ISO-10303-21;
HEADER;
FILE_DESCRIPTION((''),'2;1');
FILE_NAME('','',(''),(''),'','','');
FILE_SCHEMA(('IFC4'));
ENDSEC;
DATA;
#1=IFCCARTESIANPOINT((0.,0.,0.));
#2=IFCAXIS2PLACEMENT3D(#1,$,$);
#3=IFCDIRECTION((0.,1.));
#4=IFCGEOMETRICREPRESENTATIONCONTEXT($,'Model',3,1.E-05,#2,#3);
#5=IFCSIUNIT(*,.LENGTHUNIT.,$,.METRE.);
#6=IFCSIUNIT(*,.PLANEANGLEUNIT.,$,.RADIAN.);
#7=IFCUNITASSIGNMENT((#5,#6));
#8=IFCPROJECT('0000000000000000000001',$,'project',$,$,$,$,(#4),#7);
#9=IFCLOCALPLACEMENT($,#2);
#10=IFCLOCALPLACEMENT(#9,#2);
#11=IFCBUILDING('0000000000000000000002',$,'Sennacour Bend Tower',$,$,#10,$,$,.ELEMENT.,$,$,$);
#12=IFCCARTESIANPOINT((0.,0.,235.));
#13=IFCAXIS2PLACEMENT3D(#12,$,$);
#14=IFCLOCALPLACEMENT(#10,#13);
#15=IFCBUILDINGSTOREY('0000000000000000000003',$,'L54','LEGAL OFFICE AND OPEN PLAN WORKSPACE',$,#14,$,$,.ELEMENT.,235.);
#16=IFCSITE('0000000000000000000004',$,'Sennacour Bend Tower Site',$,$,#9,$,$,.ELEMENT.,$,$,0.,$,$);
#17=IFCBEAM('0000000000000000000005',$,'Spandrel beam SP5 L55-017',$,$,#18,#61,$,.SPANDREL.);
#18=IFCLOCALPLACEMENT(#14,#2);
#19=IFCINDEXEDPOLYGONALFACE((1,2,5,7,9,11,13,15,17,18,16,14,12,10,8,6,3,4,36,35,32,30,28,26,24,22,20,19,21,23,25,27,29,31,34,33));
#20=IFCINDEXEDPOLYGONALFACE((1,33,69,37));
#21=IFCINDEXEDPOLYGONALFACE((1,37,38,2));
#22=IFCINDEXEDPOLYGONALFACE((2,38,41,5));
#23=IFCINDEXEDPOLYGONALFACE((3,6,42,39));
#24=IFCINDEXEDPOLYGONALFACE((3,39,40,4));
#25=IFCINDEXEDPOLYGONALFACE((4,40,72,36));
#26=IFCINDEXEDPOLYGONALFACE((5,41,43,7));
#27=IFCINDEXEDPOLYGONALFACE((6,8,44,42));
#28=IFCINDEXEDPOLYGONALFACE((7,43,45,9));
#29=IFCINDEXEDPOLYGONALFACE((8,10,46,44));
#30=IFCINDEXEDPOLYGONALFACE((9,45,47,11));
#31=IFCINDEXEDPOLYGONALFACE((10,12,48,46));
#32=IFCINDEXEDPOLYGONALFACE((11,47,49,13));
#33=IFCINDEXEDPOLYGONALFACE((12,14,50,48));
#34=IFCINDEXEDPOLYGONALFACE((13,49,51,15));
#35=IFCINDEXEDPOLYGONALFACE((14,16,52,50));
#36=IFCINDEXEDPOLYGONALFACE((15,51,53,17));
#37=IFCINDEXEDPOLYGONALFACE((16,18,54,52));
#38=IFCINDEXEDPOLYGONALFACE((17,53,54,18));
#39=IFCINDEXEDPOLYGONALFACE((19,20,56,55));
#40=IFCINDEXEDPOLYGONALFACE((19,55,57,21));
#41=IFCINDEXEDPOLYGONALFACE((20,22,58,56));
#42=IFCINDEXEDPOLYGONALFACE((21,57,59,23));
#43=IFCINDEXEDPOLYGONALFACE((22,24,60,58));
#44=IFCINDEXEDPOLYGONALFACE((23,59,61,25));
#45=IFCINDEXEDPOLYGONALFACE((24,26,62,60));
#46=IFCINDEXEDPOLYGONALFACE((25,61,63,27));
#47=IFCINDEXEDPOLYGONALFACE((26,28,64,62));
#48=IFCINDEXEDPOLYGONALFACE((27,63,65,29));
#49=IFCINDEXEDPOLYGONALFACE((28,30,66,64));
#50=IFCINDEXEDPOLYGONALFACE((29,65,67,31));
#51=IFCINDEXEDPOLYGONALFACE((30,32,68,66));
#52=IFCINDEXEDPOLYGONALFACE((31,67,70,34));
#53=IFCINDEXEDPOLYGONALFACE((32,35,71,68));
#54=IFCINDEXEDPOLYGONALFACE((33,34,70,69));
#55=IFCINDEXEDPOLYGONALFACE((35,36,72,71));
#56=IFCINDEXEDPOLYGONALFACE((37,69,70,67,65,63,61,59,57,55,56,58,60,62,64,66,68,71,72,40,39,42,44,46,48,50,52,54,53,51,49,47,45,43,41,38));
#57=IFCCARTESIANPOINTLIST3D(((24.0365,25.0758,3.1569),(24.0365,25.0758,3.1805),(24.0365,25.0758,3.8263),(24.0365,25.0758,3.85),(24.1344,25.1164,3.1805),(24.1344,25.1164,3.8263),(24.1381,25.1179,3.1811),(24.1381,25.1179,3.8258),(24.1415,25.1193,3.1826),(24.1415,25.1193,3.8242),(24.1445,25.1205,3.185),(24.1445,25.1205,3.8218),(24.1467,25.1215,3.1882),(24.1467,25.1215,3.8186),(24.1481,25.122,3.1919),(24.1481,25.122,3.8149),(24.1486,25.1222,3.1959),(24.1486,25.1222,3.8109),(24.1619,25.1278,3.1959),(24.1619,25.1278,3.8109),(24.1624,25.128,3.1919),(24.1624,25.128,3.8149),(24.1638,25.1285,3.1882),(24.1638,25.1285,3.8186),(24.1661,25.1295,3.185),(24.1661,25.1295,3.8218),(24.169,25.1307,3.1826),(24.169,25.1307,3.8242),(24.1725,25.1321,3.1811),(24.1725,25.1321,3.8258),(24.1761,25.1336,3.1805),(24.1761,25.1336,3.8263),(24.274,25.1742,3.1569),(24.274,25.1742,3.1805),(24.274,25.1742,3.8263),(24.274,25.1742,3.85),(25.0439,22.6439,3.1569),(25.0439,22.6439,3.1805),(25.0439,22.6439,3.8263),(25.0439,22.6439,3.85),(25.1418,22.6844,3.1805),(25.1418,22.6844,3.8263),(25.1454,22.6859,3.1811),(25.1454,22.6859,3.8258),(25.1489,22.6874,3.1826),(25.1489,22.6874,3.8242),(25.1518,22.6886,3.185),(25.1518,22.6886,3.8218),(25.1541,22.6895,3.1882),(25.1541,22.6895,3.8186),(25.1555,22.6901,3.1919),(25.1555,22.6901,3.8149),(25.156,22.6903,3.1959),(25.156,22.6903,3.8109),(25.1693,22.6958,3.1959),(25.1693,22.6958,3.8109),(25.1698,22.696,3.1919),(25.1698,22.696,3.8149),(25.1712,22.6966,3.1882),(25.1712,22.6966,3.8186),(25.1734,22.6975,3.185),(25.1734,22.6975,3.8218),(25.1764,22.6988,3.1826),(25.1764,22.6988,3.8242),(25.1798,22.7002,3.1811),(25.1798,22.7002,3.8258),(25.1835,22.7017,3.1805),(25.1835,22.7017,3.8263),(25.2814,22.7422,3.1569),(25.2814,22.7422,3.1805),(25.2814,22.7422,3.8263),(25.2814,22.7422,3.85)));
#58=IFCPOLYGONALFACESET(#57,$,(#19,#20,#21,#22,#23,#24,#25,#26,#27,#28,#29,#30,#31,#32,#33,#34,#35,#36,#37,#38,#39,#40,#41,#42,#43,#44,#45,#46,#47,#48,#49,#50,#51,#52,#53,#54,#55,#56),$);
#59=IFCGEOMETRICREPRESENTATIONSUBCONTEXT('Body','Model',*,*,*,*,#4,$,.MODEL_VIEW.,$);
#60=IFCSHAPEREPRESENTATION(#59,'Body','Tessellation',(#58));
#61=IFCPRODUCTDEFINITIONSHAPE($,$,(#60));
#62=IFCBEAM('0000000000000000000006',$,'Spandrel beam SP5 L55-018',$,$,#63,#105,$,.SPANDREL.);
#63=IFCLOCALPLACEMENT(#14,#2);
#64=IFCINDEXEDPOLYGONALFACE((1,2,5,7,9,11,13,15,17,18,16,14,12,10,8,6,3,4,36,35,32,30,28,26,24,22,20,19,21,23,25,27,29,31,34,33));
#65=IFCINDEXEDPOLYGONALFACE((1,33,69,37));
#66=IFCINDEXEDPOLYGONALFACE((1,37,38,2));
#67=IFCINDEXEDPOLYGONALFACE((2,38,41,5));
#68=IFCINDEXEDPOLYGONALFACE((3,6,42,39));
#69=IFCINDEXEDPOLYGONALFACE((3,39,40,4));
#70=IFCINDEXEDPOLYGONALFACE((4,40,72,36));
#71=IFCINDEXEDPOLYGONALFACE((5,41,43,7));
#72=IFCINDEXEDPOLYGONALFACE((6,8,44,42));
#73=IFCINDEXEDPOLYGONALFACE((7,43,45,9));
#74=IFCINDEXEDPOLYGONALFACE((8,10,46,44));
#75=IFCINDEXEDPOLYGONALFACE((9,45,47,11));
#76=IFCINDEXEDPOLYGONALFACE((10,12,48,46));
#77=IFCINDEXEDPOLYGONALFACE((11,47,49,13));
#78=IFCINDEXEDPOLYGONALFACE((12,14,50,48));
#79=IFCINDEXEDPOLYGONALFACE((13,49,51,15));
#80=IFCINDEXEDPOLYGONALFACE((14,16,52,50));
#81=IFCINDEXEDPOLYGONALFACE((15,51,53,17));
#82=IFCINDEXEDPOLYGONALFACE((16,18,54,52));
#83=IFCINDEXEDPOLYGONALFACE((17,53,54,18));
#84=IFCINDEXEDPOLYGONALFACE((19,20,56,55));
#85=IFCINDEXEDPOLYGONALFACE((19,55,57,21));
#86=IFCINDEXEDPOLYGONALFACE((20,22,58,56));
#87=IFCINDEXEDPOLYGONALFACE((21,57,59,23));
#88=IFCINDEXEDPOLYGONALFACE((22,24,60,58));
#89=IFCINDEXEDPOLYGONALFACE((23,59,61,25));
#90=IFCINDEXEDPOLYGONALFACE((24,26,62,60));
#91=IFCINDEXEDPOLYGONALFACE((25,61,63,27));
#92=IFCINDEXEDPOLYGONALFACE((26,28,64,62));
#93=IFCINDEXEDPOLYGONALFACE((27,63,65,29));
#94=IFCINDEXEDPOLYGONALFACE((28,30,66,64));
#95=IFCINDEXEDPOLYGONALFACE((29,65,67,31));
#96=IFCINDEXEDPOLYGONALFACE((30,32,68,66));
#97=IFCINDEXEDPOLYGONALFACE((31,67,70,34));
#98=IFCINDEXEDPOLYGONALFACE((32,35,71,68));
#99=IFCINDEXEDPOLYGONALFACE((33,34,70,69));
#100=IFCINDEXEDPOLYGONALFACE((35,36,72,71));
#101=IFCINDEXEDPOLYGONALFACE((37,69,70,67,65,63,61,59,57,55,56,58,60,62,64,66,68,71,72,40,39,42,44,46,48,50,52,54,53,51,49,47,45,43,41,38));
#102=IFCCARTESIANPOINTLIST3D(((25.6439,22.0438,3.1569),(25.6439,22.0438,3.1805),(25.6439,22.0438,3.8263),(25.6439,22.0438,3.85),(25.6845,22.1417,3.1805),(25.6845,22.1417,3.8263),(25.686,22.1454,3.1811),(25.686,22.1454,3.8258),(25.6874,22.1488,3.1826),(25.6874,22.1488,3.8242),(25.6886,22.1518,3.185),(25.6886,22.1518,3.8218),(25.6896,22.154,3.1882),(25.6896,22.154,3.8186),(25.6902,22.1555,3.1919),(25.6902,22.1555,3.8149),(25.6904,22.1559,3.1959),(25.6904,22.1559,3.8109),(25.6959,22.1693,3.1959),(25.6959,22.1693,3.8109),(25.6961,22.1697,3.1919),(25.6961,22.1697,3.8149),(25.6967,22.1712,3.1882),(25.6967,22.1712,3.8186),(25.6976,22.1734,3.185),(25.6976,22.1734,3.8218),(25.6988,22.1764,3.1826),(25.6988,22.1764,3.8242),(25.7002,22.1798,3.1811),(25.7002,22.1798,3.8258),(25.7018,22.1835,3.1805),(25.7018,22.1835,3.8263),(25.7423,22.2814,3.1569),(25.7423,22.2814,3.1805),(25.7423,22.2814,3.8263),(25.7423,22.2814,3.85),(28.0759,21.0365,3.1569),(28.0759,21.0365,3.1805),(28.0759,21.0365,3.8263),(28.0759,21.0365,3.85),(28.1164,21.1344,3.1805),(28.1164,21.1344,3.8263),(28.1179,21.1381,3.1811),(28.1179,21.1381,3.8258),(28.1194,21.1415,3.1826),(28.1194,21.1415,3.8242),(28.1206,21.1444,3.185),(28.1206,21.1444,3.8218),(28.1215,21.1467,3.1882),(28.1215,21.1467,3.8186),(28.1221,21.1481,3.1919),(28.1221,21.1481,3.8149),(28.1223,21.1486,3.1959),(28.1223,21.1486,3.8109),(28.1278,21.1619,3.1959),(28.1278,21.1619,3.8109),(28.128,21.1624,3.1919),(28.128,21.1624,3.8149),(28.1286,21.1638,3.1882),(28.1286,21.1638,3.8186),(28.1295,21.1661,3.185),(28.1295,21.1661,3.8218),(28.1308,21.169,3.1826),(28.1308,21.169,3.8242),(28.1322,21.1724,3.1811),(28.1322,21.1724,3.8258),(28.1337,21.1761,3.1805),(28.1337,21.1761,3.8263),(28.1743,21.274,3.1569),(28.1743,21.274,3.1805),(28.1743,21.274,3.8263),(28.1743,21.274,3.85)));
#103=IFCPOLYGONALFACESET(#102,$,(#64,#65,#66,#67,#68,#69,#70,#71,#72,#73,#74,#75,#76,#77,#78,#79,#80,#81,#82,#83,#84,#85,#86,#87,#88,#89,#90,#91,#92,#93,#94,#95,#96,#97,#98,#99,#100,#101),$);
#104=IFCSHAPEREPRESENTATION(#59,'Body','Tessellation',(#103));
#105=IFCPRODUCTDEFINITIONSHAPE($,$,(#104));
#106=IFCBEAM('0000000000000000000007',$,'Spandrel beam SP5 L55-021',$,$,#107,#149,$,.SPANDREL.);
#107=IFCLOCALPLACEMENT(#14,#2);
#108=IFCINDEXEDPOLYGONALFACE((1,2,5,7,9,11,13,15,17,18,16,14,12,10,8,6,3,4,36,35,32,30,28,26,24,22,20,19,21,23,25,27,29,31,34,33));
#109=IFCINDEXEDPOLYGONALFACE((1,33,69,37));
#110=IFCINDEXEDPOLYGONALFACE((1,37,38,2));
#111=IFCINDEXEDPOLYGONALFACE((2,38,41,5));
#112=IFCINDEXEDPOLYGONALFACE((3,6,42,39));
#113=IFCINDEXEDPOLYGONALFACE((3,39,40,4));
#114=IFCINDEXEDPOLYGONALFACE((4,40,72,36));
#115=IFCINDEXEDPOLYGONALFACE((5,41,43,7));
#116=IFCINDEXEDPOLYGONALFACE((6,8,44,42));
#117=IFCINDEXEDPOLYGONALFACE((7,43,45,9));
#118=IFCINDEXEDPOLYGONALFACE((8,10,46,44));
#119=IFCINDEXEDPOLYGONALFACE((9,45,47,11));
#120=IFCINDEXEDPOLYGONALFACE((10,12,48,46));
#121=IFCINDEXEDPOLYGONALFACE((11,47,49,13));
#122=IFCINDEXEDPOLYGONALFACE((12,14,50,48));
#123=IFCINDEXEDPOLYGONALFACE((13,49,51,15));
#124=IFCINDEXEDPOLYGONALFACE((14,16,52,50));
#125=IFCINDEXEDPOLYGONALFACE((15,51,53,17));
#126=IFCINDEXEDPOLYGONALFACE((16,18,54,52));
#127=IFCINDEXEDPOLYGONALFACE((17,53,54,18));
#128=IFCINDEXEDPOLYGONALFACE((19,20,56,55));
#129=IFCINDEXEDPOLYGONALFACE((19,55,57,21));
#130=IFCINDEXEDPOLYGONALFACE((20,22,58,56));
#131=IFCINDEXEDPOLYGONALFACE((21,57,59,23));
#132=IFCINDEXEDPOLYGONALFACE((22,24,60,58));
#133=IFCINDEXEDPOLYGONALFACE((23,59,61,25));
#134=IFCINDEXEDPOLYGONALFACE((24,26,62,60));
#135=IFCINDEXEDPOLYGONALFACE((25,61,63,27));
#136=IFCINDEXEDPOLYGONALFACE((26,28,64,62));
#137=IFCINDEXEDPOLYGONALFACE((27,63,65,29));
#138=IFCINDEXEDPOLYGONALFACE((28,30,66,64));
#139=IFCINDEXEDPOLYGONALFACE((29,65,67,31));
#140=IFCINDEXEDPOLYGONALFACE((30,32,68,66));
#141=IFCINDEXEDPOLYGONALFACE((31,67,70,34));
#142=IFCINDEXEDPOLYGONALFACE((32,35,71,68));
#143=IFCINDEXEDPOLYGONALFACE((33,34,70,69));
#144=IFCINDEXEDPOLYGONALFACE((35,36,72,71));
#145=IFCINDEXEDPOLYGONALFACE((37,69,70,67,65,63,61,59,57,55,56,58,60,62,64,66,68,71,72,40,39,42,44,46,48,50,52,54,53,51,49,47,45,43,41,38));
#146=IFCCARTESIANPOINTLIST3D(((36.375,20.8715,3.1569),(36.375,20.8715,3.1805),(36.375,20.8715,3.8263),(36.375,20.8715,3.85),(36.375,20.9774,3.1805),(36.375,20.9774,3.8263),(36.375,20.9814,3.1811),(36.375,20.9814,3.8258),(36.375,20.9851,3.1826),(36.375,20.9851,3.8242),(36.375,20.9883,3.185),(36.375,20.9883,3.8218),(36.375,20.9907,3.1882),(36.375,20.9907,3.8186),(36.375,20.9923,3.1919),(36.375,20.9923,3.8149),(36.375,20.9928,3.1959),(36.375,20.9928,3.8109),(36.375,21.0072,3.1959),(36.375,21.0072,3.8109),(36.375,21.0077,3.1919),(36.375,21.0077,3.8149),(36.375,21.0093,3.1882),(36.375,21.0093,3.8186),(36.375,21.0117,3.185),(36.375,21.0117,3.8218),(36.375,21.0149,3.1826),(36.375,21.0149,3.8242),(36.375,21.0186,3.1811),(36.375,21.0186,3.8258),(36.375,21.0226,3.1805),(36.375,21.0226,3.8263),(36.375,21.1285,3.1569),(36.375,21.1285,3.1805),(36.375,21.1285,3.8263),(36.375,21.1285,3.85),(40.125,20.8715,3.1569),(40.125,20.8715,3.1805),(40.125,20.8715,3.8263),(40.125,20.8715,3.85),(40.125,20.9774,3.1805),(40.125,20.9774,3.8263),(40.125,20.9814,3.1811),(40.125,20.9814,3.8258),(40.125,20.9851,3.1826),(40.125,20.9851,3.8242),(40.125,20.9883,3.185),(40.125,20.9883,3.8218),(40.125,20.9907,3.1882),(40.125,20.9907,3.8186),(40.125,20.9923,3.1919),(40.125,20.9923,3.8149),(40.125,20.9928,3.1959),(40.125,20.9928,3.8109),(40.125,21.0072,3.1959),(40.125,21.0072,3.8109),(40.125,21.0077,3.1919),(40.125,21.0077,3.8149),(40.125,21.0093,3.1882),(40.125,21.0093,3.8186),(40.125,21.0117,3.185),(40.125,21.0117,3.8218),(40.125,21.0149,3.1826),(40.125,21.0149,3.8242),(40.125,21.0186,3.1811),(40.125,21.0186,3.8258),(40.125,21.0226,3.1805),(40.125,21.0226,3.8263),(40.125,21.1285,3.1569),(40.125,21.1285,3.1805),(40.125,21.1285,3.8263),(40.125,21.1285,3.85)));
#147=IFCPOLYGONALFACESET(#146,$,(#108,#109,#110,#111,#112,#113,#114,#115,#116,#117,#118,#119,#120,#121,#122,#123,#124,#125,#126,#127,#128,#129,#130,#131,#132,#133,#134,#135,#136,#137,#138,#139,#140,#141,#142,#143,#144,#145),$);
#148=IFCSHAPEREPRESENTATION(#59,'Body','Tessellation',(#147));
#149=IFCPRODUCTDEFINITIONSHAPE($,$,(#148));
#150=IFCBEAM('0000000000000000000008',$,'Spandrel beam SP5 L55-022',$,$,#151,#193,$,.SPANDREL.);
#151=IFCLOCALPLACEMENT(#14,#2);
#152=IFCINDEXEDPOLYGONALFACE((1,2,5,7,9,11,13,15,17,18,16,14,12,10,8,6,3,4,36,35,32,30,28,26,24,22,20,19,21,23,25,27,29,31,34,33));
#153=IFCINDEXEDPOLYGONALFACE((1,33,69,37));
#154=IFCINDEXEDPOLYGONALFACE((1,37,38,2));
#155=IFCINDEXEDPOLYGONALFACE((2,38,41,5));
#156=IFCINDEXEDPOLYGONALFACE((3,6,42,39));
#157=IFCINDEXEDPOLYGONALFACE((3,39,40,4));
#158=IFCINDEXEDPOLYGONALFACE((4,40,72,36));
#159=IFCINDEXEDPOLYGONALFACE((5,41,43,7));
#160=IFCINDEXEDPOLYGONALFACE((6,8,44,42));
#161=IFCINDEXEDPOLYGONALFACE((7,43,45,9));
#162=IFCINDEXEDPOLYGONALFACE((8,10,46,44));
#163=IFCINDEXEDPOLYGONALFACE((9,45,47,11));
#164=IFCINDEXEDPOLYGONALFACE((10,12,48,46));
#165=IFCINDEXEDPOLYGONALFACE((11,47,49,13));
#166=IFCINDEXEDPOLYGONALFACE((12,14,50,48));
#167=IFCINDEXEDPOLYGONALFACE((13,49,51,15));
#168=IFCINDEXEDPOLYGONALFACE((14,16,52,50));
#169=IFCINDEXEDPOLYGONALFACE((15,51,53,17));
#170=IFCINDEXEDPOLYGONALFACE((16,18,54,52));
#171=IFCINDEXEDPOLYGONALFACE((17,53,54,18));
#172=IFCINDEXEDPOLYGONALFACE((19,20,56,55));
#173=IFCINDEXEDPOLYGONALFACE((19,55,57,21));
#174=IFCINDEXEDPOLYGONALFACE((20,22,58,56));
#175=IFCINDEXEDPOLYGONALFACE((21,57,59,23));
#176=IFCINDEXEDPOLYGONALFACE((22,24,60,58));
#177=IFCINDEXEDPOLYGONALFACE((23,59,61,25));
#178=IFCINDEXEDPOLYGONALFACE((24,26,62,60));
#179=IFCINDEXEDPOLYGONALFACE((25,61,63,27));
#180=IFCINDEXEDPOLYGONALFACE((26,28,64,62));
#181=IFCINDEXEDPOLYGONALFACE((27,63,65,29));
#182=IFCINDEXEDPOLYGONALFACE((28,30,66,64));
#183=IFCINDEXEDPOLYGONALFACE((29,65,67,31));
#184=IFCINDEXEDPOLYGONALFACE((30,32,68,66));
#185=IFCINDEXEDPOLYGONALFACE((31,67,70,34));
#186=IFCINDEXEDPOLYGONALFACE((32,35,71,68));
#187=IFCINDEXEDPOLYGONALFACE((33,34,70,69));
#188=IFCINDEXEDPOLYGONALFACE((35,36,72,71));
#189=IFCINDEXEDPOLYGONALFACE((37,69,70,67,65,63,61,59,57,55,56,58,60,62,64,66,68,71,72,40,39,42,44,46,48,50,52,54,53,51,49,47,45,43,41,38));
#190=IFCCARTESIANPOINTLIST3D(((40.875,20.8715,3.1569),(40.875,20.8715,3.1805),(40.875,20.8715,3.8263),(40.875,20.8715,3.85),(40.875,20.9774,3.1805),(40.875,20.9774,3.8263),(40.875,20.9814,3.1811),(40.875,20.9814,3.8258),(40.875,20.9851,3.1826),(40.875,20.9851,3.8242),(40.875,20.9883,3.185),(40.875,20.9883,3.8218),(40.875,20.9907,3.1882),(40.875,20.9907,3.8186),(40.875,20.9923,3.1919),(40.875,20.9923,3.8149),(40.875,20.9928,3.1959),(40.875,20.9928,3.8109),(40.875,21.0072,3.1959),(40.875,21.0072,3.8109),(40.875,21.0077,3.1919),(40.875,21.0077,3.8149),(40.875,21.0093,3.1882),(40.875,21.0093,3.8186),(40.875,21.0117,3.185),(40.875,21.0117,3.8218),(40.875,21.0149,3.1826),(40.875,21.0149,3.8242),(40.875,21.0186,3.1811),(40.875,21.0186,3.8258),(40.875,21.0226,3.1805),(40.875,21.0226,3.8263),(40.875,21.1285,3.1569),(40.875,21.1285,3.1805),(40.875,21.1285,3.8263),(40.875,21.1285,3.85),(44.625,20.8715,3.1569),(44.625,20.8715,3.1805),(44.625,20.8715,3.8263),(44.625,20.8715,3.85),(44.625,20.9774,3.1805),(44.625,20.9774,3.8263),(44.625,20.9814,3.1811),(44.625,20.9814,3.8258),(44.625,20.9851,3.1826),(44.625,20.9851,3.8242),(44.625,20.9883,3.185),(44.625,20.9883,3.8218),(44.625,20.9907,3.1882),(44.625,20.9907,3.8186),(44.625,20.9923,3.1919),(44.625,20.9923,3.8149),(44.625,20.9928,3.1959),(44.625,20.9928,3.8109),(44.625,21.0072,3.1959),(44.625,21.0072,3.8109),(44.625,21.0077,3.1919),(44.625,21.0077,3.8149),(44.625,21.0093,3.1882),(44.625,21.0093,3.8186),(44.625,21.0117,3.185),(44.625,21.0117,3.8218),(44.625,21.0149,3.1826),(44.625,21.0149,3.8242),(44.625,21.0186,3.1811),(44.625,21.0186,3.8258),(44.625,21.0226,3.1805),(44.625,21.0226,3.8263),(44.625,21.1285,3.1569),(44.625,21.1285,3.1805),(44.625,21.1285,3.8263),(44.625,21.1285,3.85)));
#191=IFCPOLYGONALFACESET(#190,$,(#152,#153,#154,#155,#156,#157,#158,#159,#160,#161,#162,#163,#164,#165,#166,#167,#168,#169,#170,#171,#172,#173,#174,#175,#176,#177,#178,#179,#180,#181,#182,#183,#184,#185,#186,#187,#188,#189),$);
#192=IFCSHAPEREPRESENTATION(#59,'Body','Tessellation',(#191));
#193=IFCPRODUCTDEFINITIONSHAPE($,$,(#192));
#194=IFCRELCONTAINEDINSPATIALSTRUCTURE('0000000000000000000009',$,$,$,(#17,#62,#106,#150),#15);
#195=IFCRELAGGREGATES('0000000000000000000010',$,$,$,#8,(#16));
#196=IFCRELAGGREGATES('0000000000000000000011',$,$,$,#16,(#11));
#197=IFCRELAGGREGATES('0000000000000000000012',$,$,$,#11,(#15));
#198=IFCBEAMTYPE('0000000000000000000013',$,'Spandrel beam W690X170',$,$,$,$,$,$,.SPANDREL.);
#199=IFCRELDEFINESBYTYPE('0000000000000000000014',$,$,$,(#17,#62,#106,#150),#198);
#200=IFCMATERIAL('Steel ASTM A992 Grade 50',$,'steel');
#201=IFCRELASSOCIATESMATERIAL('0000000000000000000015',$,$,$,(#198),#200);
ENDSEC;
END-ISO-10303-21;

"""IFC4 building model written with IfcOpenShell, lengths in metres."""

from ifc_helpers import new_model, si_unit, direction, frame, origin, origin_2d, place, context, subcontext, project, spatial, i_section, extrude, material, material_profile, profile_set, type_object, element, save


model = new_model("IFC4")

# Units and contexts
model_context = context("Model", 3, precision=1e-05, world=origin(), true_north=direction((0.0, 1.0)))
body_context = subcontext(model_context, "Body", "Model", "MODEL_VIEW")
ifc_project = project(units=[si_unit("LENGTHUNIT", "METRE"), si_unit("PLANEANGLEUNIT", "RADIAN")], contexts=[model_context])

# Site, building, storey
site_placement = place(None, origin())
site = spatial("IfcSite", under=ifc_project, at=site_placement, Name="Sennacour Bend Tower Site", CompositionType="ELEMENT", RefElevation=0.0)
building_placement = place(site_placement, origin())
building = spatial("IfcBuilding", under=site, at=building_placement, Name="Sennacour Bend Tower", CompositionType="ELEMENT")
storey_placement = place(building_placement, frame((0.0, 0.0, 235.0)))
storey = spatial("IfcBuildingStorey", under=building, at=storey_placement, Name="L54", Description="LEGAL OFFICE AND OPEN PLAN WORKSPACE", CompositionType="ELEMENT", Elevation=235.0)

# Beams
ifc_material_1 = material(Name="Steel ASTM A992 Grade 50", Category="steel")
ifc_material_profile_1 = material_profile(ifc_material_1, i_section(OverallWidth=0.2571, OverallDepth=0.6931, WebThickness=0.0144, FlangeThickness=0.0237, FilletRadius=0.0154, at=origin_2d()), Name="Steel ASTM A992 Grade 50", Category="steel")
ifc_profile_set_1 = profile_set([ifc_material_profile_1], Name="Steel ASTM A992 Grade 50")
beam_type = type_object("IfcBeamType", Name="Spandrel beam W690X170", PredefinedType="SPANDREL", material=ifc_profile_set_1)
for number, where, z_axis, x_axis, name in (
    (1, (24.1553, 25.125, 3.5034), (0.382685, -0.923879, 0.0), (0.923879, 0.382685, 0.0), "Spandrel beam SP5 L55-017"),
    (2, (25.6931, 22.1626, 3.5034), (0.923879, -0.382685, 0.0), (0.382685, 0.923879, 0.0), "Spandrel beam SP5 L55-018"),
):
    element("IfcBeam", number, at=place(storey_placement, frame(where, z_axis=z_axis, x_axis=x_axis)), inside=storey, type_object=beam_type, Name=name, PredefinedType="SPANDREL", context=body_context, shape_type="SweptSolid", body=[
        extrude(i_section(OverallWidth=0.2571, OverallDepth=0.6931, WebThickness=0.0144, FlangeThickness=0.0237, FilletRadius=0.0154, at=origin_2d()), origin(), (0.0, 0.0, 1.0), 2.6323),
    ])
for number, where, z_axis, x_axis, name in (
    (3, (36.375, 21.0, 3.5034), (1.0, 0.0, 0.0), (0.0, 1.0, 0.0), "Spandrel beam SP5 L55-021"),
    (4, (40.875, 21.0, 3.5034), (1.0, 0.0, 0.0), (0.0, 1.0, 0.0), "Spandrel beam SP5 L55-022"),
):
    element("IfcBeam", number, at=place(storey_placement, frame(where, z_axis=z_axis, x_axis=x_axis)), inside=storey, type_object=beam_type, Name=name, PredefinedType="SPANDREL", context=body_context, shape_type="SweptSolid", body=[
        extrude(i_section(OverallWidth=0.2571, OverallDepth=0.6931, WebThickness=0.0144, FlangeThickness=0.0237, FilletRadius=0.0154, at=origin_2d()), origin(), (0.0, 0.0, 1.0), 3.75),
    ])

save(model, "model.ifc")
